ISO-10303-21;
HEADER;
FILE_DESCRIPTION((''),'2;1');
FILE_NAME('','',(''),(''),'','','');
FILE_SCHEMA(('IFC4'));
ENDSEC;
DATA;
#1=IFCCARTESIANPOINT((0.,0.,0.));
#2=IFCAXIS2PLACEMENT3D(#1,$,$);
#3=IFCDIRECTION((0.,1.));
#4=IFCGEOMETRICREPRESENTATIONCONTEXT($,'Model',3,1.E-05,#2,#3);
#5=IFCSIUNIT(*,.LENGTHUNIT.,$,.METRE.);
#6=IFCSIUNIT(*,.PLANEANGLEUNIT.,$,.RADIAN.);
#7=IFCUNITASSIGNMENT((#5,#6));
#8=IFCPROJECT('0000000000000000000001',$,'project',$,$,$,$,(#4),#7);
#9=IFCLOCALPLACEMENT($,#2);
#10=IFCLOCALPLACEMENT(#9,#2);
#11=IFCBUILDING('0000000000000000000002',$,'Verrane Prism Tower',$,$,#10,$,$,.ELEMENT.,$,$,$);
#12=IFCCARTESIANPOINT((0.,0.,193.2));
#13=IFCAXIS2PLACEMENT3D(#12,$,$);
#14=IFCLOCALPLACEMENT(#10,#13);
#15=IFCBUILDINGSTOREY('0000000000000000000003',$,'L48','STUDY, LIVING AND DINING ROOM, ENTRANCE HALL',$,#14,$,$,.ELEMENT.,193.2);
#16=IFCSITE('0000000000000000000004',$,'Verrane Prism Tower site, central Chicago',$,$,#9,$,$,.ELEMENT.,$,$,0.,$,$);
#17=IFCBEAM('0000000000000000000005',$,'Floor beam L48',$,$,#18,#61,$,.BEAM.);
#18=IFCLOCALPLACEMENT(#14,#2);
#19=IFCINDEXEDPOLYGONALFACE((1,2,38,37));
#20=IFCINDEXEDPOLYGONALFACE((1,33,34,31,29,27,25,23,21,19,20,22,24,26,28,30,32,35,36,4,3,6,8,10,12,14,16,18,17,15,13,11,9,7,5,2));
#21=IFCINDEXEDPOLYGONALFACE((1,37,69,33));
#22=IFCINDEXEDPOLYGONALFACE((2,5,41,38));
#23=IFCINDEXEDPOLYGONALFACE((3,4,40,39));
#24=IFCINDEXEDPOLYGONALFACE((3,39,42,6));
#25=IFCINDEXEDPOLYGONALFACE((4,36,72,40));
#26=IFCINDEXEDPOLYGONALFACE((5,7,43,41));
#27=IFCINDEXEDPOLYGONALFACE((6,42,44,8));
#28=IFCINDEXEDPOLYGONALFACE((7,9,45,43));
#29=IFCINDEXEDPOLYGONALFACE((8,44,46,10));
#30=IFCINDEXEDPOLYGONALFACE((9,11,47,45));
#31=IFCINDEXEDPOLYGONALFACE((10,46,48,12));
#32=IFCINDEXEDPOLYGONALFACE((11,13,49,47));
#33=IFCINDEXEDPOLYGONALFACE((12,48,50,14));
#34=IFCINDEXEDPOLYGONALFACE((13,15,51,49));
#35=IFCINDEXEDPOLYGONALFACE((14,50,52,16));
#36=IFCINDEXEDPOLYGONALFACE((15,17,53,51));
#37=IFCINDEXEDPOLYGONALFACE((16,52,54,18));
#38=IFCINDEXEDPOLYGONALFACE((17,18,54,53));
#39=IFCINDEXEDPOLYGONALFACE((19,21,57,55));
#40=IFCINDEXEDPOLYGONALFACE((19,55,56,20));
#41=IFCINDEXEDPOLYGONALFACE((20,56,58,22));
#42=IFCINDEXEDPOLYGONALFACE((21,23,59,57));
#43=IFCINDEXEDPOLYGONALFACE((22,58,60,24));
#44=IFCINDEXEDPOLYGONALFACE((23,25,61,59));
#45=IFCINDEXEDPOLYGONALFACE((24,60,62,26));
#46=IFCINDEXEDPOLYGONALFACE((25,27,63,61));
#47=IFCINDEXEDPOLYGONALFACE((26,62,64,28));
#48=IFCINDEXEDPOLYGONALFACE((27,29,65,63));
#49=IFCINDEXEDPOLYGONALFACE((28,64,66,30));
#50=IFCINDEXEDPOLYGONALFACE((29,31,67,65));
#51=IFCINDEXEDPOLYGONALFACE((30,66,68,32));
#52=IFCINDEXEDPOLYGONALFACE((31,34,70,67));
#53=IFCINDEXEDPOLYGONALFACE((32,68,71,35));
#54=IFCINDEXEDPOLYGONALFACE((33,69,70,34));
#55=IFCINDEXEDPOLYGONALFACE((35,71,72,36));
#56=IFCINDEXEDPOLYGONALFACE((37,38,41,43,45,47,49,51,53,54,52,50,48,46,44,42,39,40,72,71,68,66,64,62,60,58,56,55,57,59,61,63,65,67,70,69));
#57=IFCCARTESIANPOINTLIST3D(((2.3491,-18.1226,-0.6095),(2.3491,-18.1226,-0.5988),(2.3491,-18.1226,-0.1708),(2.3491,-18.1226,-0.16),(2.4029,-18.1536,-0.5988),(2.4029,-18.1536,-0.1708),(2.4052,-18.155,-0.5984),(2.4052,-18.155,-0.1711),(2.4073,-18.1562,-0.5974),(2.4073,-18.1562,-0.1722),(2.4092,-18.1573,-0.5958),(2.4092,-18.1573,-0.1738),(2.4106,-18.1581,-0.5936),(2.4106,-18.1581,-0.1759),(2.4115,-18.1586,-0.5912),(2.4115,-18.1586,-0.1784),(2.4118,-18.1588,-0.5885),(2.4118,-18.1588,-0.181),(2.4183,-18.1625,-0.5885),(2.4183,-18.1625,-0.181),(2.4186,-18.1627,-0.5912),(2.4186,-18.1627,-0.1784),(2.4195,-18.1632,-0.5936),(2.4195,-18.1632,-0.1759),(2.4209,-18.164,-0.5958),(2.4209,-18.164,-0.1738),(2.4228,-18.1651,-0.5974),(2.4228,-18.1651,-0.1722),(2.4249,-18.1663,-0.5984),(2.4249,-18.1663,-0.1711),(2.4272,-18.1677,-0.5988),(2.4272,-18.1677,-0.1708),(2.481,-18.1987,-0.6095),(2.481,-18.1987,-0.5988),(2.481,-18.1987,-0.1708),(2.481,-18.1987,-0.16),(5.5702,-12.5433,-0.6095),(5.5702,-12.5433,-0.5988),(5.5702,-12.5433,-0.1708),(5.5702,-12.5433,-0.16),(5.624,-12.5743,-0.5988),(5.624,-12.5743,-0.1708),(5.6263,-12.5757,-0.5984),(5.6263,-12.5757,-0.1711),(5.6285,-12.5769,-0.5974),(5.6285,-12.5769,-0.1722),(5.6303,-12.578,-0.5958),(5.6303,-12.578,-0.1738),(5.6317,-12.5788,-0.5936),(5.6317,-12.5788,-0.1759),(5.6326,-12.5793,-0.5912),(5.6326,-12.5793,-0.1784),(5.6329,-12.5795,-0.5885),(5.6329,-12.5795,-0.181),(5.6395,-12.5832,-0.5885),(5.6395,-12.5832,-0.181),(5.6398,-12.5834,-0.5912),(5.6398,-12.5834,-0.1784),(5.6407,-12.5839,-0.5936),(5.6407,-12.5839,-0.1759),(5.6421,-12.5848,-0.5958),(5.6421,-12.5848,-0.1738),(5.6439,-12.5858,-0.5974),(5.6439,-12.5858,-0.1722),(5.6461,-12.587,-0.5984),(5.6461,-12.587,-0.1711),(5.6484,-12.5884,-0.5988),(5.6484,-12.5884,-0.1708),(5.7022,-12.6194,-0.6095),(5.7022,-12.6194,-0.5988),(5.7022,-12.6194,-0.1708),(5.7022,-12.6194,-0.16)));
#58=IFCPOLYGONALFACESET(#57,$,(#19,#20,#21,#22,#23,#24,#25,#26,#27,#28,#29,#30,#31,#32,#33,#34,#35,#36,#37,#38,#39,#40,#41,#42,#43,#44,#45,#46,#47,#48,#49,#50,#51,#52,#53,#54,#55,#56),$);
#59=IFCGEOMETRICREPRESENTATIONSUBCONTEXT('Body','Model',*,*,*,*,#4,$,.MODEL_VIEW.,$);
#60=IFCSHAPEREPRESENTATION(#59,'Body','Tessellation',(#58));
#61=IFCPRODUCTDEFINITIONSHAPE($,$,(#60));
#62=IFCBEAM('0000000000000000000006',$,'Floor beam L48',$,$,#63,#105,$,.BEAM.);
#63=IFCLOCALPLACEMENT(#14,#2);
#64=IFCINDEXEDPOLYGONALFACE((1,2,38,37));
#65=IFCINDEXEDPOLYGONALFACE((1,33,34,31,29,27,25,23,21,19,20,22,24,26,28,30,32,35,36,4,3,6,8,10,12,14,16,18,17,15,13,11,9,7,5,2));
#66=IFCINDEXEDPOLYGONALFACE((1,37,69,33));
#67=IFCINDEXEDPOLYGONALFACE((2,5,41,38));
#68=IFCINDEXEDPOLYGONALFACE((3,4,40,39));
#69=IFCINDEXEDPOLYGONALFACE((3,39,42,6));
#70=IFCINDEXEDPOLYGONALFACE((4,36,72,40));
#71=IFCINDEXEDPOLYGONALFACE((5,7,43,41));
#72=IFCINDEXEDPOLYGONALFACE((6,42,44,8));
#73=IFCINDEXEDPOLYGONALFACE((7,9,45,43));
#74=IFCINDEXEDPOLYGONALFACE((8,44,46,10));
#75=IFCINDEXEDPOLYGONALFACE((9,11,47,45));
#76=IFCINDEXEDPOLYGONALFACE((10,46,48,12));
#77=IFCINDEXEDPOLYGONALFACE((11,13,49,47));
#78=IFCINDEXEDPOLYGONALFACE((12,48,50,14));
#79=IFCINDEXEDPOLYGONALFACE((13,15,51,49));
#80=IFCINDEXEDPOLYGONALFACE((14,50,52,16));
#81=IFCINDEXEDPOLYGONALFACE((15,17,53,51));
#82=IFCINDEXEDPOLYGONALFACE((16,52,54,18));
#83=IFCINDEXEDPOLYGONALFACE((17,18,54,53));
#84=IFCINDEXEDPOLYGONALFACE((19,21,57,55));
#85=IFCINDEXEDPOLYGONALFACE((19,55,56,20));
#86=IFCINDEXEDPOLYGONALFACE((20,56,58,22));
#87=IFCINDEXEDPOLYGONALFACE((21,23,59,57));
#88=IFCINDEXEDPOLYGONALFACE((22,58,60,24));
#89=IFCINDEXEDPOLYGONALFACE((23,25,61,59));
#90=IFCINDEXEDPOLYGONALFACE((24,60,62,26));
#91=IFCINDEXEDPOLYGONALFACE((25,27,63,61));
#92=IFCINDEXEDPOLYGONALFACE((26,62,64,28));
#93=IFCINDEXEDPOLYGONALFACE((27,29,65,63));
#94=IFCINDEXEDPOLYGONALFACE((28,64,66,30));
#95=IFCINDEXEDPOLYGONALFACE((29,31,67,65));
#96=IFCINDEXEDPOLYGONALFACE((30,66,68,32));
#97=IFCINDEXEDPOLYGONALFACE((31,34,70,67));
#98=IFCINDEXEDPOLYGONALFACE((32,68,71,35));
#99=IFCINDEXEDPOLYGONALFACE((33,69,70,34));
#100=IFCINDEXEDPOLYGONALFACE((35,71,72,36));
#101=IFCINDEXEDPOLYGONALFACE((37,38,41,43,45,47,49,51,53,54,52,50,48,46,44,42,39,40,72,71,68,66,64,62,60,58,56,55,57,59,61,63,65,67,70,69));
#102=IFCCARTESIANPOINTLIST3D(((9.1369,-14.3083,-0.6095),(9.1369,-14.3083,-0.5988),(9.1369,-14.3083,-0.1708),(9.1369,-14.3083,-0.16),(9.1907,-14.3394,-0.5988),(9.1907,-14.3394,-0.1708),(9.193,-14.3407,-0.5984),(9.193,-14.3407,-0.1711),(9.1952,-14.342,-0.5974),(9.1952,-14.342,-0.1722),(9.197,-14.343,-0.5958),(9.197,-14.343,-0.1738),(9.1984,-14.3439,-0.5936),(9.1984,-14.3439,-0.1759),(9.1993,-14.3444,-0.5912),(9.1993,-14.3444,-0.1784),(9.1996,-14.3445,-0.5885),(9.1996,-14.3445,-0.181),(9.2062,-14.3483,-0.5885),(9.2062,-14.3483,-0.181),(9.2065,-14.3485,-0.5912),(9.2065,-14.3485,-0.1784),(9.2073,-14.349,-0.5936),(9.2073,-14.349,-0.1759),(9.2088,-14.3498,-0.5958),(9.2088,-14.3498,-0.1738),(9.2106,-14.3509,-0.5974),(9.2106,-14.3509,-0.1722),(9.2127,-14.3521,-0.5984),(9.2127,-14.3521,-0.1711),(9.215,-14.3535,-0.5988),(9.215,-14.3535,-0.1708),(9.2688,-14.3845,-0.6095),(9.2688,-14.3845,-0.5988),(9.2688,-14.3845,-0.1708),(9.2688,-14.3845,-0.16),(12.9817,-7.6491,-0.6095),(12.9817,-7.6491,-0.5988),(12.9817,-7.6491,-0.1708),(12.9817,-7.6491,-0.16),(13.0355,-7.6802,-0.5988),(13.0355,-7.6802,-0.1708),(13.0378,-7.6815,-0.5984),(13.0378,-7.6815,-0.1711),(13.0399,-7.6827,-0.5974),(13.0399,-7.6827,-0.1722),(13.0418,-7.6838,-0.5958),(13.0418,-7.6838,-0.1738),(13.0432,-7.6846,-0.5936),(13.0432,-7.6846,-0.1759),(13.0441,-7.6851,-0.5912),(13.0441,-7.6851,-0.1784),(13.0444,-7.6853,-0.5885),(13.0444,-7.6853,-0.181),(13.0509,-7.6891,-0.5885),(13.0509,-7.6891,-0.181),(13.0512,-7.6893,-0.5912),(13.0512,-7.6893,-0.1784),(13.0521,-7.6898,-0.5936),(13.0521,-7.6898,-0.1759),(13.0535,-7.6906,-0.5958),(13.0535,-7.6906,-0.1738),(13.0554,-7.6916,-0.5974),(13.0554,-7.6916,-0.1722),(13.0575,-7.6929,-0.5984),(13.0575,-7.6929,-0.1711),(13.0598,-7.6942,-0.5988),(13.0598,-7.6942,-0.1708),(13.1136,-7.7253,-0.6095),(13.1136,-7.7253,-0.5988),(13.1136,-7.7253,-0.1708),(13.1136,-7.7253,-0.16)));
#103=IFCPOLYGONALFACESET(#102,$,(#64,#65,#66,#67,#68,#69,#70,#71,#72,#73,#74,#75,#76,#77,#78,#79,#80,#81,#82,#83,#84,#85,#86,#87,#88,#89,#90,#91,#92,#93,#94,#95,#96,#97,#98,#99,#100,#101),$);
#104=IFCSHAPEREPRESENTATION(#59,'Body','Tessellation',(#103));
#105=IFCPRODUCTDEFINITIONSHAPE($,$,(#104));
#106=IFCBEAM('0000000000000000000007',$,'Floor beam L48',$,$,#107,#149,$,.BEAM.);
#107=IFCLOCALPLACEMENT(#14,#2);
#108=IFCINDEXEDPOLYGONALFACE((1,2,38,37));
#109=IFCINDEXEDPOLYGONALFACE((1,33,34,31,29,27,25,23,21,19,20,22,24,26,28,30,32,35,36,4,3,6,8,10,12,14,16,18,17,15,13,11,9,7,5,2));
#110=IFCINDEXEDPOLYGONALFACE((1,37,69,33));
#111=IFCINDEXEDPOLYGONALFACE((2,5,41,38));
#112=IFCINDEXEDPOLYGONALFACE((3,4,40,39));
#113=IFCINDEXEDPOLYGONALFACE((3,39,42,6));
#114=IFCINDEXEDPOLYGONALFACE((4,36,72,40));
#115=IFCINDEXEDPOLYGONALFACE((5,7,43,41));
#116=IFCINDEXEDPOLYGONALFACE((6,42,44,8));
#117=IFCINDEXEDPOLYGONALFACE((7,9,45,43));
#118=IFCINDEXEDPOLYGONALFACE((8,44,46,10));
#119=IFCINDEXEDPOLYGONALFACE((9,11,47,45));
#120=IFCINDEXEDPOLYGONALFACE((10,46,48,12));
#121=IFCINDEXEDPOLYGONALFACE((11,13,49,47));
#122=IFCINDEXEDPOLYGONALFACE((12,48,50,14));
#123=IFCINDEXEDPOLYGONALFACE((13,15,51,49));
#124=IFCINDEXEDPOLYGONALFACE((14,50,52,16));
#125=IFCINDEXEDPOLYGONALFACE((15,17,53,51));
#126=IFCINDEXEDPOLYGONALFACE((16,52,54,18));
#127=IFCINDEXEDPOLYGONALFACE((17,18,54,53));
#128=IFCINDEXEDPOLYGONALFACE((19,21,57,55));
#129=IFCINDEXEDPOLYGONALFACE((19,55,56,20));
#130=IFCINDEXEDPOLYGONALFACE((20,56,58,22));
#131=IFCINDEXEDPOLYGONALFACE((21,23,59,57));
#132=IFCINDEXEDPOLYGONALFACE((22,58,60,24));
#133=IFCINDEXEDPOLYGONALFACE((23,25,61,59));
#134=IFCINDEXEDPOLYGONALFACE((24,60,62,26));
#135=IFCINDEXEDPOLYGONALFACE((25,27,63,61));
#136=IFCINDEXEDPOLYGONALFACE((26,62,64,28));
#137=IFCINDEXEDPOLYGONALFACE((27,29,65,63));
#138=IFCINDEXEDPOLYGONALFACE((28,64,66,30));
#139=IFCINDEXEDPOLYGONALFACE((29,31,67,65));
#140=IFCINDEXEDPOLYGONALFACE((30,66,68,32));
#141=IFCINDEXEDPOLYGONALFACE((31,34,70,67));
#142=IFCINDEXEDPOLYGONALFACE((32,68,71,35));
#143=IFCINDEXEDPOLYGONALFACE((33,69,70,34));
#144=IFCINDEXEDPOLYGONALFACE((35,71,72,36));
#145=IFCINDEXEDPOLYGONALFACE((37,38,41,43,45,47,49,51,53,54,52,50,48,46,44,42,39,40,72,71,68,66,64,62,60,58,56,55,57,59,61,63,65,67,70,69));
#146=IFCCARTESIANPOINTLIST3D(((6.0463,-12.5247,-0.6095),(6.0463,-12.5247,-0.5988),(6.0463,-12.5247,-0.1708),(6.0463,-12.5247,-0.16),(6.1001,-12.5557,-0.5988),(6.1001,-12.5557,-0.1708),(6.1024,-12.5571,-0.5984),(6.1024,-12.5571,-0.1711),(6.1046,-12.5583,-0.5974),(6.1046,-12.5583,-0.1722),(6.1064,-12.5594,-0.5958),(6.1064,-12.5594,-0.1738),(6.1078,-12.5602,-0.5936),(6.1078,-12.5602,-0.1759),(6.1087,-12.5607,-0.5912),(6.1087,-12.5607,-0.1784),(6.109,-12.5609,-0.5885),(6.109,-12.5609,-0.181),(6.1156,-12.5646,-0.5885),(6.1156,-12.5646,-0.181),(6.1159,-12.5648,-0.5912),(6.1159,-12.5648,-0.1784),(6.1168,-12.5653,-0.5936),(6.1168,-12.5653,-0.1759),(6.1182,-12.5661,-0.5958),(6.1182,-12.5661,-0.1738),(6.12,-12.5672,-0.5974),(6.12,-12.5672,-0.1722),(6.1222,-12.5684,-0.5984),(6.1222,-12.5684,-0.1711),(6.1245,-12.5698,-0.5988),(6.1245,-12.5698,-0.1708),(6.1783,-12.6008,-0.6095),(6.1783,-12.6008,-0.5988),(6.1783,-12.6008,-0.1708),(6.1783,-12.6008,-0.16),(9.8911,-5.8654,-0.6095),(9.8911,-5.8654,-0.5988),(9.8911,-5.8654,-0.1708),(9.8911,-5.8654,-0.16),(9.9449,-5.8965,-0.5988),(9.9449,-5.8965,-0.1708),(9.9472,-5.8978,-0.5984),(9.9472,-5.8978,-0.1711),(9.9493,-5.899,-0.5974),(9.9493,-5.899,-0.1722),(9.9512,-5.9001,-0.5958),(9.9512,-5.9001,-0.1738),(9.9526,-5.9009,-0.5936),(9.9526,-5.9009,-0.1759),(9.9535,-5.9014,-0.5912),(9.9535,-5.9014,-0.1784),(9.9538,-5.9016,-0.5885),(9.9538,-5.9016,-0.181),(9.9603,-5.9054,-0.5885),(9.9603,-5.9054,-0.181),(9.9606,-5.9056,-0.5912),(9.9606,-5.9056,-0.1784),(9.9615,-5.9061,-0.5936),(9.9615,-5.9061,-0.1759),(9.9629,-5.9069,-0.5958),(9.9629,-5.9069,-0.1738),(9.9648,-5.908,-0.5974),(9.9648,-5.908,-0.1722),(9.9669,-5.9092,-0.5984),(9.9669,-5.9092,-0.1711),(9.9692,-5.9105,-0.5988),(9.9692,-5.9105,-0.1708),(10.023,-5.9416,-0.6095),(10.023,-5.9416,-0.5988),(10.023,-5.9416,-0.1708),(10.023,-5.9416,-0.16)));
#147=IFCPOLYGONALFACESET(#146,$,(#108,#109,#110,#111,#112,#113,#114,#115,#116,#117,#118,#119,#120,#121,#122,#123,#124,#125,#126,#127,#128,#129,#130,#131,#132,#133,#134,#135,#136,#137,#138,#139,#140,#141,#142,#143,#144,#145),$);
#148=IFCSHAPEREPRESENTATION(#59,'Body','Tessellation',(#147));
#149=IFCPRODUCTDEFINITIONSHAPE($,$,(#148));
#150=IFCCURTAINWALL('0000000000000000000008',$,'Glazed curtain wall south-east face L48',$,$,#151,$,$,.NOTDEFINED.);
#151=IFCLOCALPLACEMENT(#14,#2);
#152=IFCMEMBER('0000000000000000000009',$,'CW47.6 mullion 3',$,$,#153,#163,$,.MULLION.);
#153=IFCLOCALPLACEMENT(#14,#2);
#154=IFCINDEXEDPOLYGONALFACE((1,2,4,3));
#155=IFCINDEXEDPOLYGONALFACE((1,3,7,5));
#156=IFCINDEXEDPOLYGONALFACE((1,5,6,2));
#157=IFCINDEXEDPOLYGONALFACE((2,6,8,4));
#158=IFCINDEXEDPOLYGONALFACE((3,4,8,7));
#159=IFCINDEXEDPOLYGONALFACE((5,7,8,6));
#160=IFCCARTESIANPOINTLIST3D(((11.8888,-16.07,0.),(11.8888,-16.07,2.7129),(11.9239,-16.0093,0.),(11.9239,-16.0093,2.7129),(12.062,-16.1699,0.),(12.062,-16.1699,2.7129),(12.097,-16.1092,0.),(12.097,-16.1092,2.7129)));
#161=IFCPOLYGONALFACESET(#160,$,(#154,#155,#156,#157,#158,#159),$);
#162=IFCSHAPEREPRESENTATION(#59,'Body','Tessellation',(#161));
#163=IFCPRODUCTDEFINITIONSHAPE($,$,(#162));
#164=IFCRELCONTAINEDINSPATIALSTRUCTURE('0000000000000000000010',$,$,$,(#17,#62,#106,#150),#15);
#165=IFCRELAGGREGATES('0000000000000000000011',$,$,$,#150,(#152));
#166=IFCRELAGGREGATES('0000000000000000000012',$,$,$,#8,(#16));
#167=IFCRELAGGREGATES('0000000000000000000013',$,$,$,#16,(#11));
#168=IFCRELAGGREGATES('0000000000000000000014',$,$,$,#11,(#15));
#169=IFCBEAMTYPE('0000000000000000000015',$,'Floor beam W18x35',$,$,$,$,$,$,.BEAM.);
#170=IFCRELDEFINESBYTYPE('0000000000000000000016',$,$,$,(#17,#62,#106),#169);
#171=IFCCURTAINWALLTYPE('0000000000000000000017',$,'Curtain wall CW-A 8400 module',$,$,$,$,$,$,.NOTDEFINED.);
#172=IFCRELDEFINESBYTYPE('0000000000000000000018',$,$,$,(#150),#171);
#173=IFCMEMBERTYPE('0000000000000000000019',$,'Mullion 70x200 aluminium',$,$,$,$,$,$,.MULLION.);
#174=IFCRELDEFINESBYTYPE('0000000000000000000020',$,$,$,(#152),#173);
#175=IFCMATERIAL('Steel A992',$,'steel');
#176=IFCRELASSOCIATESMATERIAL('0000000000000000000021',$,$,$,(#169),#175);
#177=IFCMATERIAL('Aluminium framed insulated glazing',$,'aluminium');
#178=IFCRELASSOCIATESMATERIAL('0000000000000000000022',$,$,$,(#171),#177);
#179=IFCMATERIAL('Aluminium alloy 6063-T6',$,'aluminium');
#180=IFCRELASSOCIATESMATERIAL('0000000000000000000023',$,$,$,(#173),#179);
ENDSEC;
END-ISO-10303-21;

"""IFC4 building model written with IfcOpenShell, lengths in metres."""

from ifc_helpers import new_model, si_unit, direction, frame, origin, origin_2d, place, context, subcontext, project, spatial, rectangle, i_section, extrude, material, material_profile, profile_set, type_object, element, aggregate, save


model = new_model("IFC4")

# Units and contexts
model_context = context("Model", 3, precision=1e-05, world=origin(), true_north=direction((0.0, 1.0)))
body_context = subcontext(model_context, "Body", "Model", "MODEL_VIEW")
ifc_project = project(units=[si_unit("LENGTHUNIT", "METRE"), si_unit("PLANEANGLEUNIT", "RADIAN")], contexts=[model_context])

# Site, building, storey
site_placement = place(None, origin())
site = spatial("IfcSite", under=ifc_project, at=site_placement, Name="Verrane Prism Tower site, central Chicago", CompositionType="ELEMENT", RefElevation=0.0)
building_placement = place(site_placement, origin())
building = spatial("IfcBuilding", under=site, at=building_placement, Name="Verrane Prism Tower", CompositionType="ELEMENT")
storey_placement = place(building_placement, frame((0.0, 0.0, 193.2)))
storey = spatial("IfcBuildingStorey", under=building, at=storey_placement, Name="L48", Description="STUDY, LIVING AND DINING ROOM, ENTRANCE HALL", CompositionType="ELEMENT", Elevation=193.2)

# Beams
ifc_material_1 = material(Name="Steel A992", Category="steel")
ifc_material_profile_1 = material_profile(ifc_material_1, i_section(OverallWidth=0.1523, OverallDepth=0.4495, WebThickness=0.0076, FlangeThickness=0.0107, FilletRadius=0.0103, at=origin_2d()), Name="W18x35")
ifc_profile_set_1 = profile_set([ifc_material_profile_1], Name="Steel A992")
beam_type_1 = type_object("IfcBeamType", Name="Floor beam W18x35", PredefinedType="BEAM", material=ifc_profile_set_1)
beam_1_placement = place(storey_placement, frame((2.415, -18.1606, -0.3848), z_axis=(0.499995, 0.866028, 0.0), x_axis=(-0.866028, 0.499995, 0.0)))
element("IfcBeam", 1, at=beam_1_placement, inside=storey, type_object=beam_type_1, Name="Floor beam L48", PredefinedType="BEAM", context=body_context, shape_type="SweptSolid", body=[
    extrude(i_section(OverallWidth=0.1523, OverallDepth=0.4495, WebThickness=0.0076, FlangeThickness=0.0107, FilletRadius=0.0103, at=origin_2d()), origin(), (0.0, 0.0, 1.0), 6.4424),
])
for number, where, z_axis, x_axis, name in (
    (2, (9.2029, -14.3464, -0.3848), (0.500005, 0.866023, 0.0), (-0.866023, 0.500005, 0.0), "Floor beam L48"),
    (3, (6.1123, -12.5627, -0.3848), (0.500005, 0.866023, 0.0), (-0.866023, 0.500005, 0.0), "Floor beam L48"),
):
    element("IfcBeam", number, at=place(storey_placement, frame(where, z_axis=z_axis, x_axis=x_axis)), inside=storey, type_object=beam_type_1, Name=name, PredefinedType="BEAM", context=body_context, shape_type="SweptSolid", body=[
        extrude(i_section(OverallWidth=0.1523, OverallDepth=0.4495, WebThickness=0.0076, FlangeThickness=0.0107, FilletRadius=0.0103, at=origin_2d()), origin(), (0.0, 0.0, 1.0), 7.6895),
    ])

# Curtain wall, member
ifc_material_2 = material(Name="Aluminium framed insulated glazing", Category="aluminium")
curtain_wall_type = type_object("IfcCurtainWallType", Name="Curtain wall CW-A 8400 module", PredefinedType="NOTDEFINED", material=ifc_material_2)
curtain_wall_placement = place(storey_placement, origin())
curtain_wall = element("IfcCurtainWall", 4, at=curtain_wall_placement, inside=storey, type_object=curtain_wall_type, Name="Glazed curtain wall south-east face L48", PredefinedType="NOTDEFINED")
ifc_material_3 = material(Name="Aluminium alloy 6063-T6", Category="aluminium")
ifc_material_profile_2 = material_profile(ifc_material_3, rectangle(XDim=0.2, YDim=0.0701, at=origin_2d()), Name="Mullion 70x200 aluminium")
ifc_profile_set_2 = profile_set([ifc_material_profile_2], Name="Aluminium alloy 6063-T6")
member_type_1 = type_object("IfcMemberType", Name="Mullion 70x200 aluminium", PredefinedType="MULLION", material=ifc_profile_set_2)
member_1_placement = place(storey_placement, frame((11.9929, -16.0896, 0.0), z_axis=(0.0, 0.0, 1.0), x_axis=(-0.866026, 0.5, 0.0)))
member_1 = element("IfcMember", 5, at=member_1_placement, type_object=member_type_1, Name="CW47.6 mullion 3", PredefinedType="MULLION", context=body_context, shape_type="SweptSolid", body=[
    extrude(rectangle(XDim=0.2, YDim=0.0701, at=origin_2d()), origin(), (0.0, 0.0, 1.0), 2.7129),
])

aggregate(curtain_wall, [member_1])

save(model, "model.ifc")
